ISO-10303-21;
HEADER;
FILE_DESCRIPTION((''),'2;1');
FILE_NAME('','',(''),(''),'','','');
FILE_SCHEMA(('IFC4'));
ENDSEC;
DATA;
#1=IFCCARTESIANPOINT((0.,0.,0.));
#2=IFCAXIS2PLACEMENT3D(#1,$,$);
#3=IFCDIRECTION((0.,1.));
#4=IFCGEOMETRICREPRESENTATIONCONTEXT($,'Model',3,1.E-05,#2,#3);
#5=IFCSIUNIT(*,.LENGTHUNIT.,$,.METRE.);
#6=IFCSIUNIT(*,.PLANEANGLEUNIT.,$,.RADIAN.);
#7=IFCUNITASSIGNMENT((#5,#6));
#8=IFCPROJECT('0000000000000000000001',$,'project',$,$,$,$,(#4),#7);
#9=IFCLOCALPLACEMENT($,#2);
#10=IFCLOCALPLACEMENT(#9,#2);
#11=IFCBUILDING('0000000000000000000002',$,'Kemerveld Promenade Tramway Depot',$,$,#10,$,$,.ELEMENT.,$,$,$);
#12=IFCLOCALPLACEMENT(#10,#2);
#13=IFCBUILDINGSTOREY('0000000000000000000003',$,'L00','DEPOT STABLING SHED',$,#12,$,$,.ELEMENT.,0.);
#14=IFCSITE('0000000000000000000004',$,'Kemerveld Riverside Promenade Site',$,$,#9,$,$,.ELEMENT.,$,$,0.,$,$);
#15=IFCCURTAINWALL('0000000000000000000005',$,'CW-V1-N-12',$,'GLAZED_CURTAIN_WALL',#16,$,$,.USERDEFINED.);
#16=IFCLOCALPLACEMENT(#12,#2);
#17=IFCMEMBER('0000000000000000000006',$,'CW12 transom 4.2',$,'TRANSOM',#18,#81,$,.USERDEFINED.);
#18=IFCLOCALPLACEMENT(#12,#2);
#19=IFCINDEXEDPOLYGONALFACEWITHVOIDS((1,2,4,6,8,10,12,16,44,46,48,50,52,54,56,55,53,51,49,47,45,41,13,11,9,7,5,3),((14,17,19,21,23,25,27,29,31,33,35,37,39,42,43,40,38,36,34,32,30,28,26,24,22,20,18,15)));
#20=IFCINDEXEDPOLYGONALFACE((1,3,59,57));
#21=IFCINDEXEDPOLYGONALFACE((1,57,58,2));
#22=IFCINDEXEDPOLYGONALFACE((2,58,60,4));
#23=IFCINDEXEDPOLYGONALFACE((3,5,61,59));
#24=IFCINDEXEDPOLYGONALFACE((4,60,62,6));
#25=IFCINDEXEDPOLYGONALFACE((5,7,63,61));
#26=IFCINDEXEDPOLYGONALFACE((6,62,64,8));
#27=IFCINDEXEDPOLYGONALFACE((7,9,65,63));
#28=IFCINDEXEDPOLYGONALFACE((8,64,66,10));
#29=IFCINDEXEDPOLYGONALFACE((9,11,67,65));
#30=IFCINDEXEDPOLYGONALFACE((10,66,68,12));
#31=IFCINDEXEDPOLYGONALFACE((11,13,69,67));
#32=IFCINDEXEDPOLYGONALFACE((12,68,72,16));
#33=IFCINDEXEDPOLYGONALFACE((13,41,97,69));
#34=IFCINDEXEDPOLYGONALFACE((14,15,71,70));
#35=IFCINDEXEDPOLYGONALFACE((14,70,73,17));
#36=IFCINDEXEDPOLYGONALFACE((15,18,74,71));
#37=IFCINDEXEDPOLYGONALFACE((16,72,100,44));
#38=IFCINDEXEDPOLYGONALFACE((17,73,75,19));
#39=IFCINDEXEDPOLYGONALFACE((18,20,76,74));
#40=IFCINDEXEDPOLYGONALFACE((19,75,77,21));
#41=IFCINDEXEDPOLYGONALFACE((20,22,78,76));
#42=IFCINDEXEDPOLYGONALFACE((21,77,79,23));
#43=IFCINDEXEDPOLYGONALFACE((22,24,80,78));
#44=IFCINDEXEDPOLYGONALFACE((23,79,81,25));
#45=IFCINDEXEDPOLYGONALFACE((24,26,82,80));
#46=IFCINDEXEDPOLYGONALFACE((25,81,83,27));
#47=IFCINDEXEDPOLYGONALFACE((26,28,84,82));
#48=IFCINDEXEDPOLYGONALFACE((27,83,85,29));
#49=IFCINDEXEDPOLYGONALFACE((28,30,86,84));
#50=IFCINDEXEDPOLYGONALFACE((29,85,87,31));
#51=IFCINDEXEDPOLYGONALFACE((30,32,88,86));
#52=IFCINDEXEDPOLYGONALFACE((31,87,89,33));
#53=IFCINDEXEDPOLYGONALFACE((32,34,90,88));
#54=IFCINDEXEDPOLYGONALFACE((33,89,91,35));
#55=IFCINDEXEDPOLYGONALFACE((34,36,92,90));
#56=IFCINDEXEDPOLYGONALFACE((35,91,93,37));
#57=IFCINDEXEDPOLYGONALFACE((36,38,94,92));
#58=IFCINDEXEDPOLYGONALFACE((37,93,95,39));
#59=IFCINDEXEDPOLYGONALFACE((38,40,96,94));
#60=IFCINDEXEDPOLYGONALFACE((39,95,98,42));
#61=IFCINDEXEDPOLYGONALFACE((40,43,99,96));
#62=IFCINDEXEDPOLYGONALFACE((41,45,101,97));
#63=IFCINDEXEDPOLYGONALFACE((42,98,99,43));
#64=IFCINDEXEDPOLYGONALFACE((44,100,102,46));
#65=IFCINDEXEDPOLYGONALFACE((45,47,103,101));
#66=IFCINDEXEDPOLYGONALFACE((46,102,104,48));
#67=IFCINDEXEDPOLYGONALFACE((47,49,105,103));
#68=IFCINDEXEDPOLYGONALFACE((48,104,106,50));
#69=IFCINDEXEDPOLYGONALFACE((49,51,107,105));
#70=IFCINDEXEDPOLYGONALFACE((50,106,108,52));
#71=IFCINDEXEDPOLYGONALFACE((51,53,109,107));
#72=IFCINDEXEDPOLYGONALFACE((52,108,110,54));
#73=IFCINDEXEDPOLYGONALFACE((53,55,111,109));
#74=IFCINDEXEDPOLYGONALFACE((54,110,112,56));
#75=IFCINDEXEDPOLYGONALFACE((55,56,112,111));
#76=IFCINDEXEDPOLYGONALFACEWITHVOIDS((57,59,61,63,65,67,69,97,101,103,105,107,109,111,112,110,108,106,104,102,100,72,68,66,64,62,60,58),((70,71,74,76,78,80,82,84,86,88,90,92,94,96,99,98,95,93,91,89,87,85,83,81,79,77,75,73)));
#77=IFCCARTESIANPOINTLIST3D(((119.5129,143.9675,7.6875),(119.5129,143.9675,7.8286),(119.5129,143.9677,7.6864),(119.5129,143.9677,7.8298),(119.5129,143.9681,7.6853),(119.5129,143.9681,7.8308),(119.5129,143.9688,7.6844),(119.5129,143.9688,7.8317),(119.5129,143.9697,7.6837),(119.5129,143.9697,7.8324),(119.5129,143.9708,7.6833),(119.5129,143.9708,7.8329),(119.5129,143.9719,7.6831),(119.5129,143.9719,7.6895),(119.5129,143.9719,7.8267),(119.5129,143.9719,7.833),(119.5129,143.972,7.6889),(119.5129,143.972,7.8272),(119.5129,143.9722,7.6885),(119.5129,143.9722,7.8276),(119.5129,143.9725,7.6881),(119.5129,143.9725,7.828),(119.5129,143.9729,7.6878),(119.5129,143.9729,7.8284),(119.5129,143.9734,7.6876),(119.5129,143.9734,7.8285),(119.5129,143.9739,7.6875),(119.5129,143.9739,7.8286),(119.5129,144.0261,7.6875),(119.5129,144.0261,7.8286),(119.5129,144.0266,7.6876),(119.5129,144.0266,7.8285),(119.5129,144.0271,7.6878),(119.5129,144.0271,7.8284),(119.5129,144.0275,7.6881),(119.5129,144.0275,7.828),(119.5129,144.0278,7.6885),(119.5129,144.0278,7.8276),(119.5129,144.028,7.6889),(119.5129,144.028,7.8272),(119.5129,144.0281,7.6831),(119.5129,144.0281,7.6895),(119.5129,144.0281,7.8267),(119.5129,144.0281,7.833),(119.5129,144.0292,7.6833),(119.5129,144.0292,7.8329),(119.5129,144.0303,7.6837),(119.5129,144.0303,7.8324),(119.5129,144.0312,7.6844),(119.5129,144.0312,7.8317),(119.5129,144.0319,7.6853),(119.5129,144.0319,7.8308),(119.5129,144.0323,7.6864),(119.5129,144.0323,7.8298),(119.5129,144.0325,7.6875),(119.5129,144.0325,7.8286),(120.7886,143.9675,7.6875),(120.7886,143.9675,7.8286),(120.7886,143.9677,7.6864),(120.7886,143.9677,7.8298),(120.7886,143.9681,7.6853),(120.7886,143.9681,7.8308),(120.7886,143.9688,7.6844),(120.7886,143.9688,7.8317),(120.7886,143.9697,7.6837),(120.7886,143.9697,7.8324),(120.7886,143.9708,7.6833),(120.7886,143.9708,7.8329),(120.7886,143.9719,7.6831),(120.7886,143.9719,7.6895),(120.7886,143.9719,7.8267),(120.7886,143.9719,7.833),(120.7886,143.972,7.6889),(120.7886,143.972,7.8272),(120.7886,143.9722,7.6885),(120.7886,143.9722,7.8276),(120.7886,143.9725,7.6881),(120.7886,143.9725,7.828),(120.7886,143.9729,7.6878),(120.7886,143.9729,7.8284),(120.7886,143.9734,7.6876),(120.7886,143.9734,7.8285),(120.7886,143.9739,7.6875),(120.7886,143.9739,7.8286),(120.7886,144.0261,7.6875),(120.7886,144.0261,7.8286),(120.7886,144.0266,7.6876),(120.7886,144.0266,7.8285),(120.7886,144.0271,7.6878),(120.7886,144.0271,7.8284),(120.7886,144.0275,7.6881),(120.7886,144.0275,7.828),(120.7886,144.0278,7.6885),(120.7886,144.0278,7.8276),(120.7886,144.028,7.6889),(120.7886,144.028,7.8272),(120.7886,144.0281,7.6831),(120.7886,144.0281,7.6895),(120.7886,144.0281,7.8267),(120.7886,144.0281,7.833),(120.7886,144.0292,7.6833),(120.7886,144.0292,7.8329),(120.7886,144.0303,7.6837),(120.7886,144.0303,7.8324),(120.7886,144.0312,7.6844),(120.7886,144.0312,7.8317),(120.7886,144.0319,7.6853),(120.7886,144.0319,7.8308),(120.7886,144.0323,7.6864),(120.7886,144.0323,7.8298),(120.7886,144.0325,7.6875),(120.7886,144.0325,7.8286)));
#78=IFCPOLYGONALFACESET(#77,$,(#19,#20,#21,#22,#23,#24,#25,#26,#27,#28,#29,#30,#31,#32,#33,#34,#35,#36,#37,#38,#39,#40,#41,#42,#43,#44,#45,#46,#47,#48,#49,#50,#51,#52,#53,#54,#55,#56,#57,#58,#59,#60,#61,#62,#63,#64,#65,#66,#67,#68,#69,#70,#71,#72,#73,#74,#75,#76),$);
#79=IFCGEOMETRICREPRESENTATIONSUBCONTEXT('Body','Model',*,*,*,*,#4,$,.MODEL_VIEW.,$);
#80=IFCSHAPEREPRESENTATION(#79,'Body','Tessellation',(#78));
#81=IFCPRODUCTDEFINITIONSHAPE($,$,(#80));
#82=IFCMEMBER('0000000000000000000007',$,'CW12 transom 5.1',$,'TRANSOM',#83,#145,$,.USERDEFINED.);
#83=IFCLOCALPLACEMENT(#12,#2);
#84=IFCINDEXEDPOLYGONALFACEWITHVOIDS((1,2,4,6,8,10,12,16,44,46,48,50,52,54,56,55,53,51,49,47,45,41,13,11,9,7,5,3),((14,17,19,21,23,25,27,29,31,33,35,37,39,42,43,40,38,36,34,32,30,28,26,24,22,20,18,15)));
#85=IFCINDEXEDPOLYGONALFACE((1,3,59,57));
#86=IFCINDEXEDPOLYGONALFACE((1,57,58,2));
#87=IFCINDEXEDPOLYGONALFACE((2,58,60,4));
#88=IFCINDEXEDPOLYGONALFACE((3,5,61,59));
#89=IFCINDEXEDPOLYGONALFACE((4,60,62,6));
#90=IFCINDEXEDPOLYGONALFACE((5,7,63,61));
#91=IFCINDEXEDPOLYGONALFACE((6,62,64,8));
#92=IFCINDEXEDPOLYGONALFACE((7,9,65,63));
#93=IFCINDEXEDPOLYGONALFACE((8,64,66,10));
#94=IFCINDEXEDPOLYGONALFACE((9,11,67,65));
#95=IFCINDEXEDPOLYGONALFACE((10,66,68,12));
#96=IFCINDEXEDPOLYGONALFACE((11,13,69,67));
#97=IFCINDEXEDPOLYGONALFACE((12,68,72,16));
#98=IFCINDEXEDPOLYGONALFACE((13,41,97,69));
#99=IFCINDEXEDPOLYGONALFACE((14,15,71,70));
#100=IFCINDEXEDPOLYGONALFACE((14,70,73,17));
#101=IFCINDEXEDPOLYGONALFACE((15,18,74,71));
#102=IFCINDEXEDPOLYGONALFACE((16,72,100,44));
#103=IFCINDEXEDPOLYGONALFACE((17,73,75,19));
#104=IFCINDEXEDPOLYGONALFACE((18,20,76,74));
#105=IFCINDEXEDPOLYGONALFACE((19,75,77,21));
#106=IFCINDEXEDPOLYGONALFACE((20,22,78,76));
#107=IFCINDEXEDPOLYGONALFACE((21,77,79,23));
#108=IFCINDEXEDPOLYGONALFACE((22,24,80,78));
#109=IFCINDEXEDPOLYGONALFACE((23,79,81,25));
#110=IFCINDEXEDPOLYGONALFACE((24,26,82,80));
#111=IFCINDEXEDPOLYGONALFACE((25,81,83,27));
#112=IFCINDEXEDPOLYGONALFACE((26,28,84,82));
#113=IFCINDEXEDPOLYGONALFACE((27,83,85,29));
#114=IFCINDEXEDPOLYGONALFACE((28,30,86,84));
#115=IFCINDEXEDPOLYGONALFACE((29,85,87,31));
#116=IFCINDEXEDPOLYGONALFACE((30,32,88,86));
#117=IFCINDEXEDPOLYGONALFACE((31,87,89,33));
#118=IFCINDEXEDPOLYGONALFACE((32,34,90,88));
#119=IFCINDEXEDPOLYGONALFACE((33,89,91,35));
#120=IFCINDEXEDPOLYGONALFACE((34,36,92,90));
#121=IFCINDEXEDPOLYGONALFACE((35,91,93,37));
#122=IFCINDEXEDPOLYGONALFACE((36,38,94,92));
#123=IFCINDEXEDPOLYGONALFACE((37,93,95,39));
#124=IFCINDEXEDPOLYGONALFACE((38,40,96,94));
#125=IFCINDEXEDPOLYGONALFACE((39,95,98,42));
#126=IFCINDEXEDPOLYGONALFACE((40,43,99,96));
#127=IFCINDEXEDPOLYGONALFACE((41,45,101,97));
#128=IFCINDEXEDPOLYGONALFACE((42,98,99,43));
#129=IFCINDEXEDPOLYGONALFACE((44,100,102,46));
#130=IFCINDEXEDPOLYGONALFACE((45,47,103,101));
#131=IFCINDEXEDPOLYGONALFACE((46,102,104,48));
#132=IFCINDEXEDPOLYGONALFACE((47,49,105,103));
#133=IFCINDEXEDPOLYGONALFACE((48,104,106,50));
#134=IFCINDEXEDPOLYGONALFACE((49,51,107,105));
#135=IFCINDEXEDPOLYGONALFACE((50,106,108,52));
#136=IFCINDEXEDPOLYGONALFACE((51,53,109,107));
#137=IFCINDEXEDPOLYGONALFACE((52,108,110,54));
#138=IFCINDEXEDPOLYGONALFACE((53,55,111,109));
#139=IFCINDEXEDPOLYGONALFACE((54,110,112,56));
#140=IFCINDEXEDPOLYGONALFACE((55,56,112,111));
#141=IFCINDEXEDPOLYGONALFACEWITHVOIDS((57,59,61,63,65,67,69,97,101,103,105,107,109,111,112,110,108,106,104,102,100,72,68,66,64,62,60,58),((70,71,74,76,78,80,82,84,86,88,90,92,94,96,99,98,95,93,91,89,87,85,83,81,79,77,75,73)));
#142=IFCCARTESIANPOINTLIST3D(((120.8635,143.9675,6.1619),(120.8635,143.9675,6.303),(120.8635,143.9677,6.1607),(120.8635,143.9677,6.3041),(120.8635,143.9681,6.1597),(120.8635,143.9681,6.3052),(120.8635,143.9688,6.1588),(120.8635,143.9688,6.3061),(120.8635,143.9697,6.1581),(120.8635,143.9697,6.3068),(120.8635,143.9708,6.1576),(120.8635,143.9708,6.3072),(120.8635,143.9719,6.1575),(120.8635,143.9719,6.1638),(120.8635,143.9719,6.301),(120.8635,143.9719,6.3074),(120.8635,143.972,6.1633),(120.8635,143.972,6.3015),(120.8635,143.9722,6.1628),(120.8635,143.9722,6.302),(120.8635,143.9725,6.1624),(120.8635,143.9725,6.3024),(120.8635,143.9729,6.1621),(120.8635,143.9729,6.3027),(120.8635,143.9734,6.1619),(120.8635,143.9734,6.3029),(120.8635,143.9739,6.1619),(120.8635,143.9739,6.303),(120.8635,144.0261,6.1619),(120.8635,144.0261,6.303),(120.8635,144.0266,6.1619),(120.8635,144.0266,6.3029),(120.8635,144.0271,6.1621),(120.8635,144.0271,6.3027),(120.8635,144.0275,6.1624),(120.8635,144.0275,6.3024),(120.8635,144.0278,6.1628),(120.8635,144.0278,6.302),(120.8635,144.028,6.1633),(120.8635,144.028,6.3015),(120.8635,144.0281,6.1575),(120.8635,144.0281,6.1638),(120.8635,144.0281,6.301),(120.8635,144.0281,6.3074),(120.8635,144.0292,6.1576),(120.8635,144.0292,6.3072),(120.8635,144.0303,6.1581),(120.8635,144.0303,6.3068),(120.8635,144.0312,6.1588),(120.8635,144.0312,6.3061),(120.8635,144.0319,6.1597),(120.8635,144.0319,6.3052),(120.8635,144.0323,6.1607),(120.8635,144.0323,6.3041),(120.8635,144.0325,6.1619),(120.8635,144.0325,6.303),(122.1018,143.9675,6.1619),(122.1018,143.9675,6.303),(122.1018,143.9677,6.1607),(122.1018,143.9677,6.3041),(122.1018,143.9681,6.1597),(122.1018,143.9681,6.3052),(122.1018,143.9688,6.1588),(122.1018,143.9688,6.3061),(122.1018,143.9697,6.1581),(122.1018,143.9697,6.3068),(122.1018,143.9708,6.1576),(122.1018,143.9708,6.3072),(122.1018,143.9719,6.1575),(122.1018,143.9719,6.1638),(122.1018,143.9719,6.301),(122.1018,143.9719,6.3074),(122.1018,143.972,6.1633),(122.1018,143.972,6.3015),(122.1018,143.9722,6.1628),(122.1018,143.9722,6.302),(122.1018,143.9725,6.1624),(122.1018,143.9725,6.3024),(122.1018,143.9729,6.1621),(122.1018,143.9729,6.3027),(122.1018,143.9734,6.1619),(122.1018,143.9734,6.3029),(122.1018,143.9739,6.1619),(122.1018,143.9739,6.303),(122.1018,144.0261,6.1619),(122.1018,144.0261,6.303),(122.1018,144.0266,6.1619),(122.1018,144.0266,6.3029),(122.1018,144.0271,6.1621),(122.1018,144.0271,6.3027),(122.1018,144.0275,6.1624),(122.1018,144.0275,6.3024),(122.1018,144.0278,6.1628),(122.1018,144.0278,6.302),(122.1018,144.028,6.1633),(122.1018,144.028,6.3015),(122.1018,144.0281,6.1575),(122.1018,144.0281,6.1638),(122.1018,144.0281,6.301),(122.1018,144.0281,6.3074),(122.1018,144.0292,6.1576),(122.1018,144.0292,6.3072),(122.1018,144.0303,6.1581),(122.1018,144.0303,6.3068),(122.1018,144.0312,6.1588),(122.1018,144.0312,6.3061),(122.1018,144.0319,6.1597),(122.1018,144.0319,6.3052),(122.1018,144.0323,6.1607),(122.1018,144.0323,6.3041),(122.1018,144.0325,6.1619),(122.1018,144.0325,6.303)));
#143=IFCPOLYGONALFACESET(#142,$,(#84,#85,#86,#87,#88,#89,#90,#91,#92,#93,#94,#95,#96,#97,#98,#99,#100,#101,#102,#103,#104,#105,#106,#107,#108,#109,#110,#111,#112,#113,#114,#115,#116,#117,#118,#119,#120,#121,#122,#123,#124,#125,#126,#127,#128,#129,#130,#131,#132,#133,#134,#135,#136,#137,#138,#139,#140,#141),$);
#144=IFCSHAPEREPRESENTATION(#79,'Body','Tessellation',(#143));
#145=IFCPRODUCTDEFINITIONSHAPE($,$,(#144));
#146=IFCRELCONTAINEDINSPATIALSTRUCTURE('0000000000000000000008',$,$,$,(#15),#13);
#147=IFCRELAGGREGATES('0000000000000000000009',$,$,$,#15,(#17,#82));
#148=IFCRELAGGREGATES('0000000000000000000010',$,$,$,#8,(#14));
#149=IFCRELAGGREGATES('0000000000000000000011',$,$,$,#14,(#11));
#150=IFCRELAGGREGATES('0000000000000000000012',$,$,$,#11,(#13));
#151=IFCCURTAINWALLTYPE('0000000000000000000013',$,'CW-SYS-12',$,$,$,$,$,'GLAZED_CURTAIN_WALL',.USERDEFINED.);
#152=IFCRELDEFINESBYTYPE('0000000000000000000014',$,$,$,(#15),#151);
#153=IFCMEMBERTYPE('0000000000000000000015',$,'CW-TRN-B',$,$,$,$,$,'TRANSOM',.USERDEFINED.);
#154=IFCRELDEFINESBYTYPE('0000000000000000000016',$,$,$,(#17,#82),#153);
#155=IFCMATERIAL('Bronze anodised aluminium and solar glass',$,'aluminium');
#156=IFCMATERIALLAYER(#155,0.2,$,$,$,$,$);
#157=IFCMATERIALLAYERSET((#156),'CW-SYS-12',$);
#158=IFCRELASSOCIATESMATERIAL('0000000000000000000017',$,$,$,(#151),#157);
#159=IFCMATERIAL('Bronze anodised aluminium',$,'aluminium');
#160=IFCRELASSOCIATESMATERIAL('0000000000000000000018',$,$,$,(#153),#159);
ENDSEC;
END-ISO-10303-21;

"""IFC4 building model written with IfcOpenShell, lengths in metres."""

from ifc_helpers import new_model, si_unit, direction, frame, origin, origin_2d, place, context, subcontext, project, spatial, hollow_rectangle, extrude, material, layer, layer_set, material_profile, profile_set, type_object, element, aggregate, save


model = new_model("IFC4")

# Units and contexts
model_context = context("Model", 3, precision=1e-05, world=origin(), true_north=direction((0.0, 1.0)))
body_context = subcontext(model_context, "Body", "Model", "MODEL_VIEW")
ifc_project = project(units=[si_unit("LENGTHUNIT", "METRE"), si_unit("PLANEANGLEUNIT", "RADIAN")], contexts=[model_context])

# Site, building, storey
site_placement = place(None, origin())
site = spatial("IfcSite", under=ifc_project, at=site_placement, Name="Kemerveld Riverside Promenade Site", CompositionType="ELEMENT", RefElevation=0.0)
building_placement = place(site_placement, origin())
building = spatial("IfcBuilding", under=site, at=building_placement, Name="Kemerveld Promenade Tramway Depot", CompositionType="ELEMENT")
storey_placement = place(building_placement, origin())
storey = spatial("IfcBuildingStorey", under=building, at=storey_placement, Name="L00", Description="DEPOT STABLING SHED", CompositionType="ELEMENT", Elevation=0.0)

# Shared definitions
ifc_material_1 = material(Name="Bronze anodised aluminium and solar glass", Category="aluminium")
ifc_material_2 = material(Name="Bronze anodised aluminium", Category="aluminium")

# Curtain wall, members
ifc_layer_1 = layer(ifc_material_1, 0.2)
ifc_layer_set_1 = layer_set([ifc_layer_1], Name="CW-SYS-12")
curtain_wall_type_1 = type_object("IfcCurtainWallType", Name="CW-SYS-12", ElementType="GLAZED_CURTAIN_WALL", PredefinedType="USERDEFINED", material=ifc_layer_set_1)
curtain_wall_1_placement = place(storey_placement, origin())
curtain_wall_1 = element("IfcCurtainWall", 1, at=curtain_wall_1_placement, inside=storey, type_object=curtain_wall_type_1, Name="CW-V1-N-12", ObjectType="GLAZED_CURTAIN_WALL", PredefinedType="USERDEFINED")
ifc_material_profile_1 = material_profile(ifc_material_2, hollow_rectangle(XDim=0.0649, YDim=0.1499, WallThickness=0.0044, InnerFilletRadius=0.002, OuterFilletRadius=0.0044, at=origin_2d()), Name="CW-TRN-150x65")
ifc_profile_set_1 = profile_set([ifc_material_profile_1], Name="Bronze anodised aluminium")
member_type_1 = type_object("IfcMemberType", Name="CW-TRN-B", ElementType="TRANSOM", PredefinedType="USERDEFINED", material=ifc_profile_set_1)
member_1_placement = place(storey_placement, frame((119.5129, 144.0, 7.7581), z_axis=(1.0, 0.0, 0.0), x_axis=(0.0, 1.0, 0.0)))
member_1 = element("IfcMember", 2, at=member_1_placement, type_object=member_type_1, Name="CW12 transom 4.2", ObjectType="TRANSOM", PredefinedType="USERDEFINED", context=body_context, shape_type="SweptSolid", body=[
    extrude(hollow_rectangle(XDim=0.0649, YDim=0.1499, WallThickness=0.0044, InnerFilletRadius=0.002, OuterFilletRadius=0.0044, at=origin_2d()), origin(), (0.0, 0.0, 1.0), 1.2756),
])
member_2_placement = place(storey_placement, frame((120.8635, 144.0, 6.2324), z_axis=(1.0, 0.0, 0.0), x_axis=(0.0, 1.0, 0.0)))
member_2 = element("IfcMember", 3, at=member_2_placement, type_object=member_type_1, Name="CW12 transom 5.1", ObjectType="TRANSOM", PredefinedType="USERDEFINED", context=body_context, shape_type="SweptSolid", body=[
    extrude(hollow_rectangle(XDim=0.0649, YDim=0.1499, WallThickness=0.0044, InnerFilletRadius=0.002, OuterFilletRadius=0.0044, at=origin_2d()), origin(), (0.0, 0.0, 1.0), 1.2383),
])

aggregate(curtain_wall_1, [member_1, member_2])

save(model, "model.ifc")
